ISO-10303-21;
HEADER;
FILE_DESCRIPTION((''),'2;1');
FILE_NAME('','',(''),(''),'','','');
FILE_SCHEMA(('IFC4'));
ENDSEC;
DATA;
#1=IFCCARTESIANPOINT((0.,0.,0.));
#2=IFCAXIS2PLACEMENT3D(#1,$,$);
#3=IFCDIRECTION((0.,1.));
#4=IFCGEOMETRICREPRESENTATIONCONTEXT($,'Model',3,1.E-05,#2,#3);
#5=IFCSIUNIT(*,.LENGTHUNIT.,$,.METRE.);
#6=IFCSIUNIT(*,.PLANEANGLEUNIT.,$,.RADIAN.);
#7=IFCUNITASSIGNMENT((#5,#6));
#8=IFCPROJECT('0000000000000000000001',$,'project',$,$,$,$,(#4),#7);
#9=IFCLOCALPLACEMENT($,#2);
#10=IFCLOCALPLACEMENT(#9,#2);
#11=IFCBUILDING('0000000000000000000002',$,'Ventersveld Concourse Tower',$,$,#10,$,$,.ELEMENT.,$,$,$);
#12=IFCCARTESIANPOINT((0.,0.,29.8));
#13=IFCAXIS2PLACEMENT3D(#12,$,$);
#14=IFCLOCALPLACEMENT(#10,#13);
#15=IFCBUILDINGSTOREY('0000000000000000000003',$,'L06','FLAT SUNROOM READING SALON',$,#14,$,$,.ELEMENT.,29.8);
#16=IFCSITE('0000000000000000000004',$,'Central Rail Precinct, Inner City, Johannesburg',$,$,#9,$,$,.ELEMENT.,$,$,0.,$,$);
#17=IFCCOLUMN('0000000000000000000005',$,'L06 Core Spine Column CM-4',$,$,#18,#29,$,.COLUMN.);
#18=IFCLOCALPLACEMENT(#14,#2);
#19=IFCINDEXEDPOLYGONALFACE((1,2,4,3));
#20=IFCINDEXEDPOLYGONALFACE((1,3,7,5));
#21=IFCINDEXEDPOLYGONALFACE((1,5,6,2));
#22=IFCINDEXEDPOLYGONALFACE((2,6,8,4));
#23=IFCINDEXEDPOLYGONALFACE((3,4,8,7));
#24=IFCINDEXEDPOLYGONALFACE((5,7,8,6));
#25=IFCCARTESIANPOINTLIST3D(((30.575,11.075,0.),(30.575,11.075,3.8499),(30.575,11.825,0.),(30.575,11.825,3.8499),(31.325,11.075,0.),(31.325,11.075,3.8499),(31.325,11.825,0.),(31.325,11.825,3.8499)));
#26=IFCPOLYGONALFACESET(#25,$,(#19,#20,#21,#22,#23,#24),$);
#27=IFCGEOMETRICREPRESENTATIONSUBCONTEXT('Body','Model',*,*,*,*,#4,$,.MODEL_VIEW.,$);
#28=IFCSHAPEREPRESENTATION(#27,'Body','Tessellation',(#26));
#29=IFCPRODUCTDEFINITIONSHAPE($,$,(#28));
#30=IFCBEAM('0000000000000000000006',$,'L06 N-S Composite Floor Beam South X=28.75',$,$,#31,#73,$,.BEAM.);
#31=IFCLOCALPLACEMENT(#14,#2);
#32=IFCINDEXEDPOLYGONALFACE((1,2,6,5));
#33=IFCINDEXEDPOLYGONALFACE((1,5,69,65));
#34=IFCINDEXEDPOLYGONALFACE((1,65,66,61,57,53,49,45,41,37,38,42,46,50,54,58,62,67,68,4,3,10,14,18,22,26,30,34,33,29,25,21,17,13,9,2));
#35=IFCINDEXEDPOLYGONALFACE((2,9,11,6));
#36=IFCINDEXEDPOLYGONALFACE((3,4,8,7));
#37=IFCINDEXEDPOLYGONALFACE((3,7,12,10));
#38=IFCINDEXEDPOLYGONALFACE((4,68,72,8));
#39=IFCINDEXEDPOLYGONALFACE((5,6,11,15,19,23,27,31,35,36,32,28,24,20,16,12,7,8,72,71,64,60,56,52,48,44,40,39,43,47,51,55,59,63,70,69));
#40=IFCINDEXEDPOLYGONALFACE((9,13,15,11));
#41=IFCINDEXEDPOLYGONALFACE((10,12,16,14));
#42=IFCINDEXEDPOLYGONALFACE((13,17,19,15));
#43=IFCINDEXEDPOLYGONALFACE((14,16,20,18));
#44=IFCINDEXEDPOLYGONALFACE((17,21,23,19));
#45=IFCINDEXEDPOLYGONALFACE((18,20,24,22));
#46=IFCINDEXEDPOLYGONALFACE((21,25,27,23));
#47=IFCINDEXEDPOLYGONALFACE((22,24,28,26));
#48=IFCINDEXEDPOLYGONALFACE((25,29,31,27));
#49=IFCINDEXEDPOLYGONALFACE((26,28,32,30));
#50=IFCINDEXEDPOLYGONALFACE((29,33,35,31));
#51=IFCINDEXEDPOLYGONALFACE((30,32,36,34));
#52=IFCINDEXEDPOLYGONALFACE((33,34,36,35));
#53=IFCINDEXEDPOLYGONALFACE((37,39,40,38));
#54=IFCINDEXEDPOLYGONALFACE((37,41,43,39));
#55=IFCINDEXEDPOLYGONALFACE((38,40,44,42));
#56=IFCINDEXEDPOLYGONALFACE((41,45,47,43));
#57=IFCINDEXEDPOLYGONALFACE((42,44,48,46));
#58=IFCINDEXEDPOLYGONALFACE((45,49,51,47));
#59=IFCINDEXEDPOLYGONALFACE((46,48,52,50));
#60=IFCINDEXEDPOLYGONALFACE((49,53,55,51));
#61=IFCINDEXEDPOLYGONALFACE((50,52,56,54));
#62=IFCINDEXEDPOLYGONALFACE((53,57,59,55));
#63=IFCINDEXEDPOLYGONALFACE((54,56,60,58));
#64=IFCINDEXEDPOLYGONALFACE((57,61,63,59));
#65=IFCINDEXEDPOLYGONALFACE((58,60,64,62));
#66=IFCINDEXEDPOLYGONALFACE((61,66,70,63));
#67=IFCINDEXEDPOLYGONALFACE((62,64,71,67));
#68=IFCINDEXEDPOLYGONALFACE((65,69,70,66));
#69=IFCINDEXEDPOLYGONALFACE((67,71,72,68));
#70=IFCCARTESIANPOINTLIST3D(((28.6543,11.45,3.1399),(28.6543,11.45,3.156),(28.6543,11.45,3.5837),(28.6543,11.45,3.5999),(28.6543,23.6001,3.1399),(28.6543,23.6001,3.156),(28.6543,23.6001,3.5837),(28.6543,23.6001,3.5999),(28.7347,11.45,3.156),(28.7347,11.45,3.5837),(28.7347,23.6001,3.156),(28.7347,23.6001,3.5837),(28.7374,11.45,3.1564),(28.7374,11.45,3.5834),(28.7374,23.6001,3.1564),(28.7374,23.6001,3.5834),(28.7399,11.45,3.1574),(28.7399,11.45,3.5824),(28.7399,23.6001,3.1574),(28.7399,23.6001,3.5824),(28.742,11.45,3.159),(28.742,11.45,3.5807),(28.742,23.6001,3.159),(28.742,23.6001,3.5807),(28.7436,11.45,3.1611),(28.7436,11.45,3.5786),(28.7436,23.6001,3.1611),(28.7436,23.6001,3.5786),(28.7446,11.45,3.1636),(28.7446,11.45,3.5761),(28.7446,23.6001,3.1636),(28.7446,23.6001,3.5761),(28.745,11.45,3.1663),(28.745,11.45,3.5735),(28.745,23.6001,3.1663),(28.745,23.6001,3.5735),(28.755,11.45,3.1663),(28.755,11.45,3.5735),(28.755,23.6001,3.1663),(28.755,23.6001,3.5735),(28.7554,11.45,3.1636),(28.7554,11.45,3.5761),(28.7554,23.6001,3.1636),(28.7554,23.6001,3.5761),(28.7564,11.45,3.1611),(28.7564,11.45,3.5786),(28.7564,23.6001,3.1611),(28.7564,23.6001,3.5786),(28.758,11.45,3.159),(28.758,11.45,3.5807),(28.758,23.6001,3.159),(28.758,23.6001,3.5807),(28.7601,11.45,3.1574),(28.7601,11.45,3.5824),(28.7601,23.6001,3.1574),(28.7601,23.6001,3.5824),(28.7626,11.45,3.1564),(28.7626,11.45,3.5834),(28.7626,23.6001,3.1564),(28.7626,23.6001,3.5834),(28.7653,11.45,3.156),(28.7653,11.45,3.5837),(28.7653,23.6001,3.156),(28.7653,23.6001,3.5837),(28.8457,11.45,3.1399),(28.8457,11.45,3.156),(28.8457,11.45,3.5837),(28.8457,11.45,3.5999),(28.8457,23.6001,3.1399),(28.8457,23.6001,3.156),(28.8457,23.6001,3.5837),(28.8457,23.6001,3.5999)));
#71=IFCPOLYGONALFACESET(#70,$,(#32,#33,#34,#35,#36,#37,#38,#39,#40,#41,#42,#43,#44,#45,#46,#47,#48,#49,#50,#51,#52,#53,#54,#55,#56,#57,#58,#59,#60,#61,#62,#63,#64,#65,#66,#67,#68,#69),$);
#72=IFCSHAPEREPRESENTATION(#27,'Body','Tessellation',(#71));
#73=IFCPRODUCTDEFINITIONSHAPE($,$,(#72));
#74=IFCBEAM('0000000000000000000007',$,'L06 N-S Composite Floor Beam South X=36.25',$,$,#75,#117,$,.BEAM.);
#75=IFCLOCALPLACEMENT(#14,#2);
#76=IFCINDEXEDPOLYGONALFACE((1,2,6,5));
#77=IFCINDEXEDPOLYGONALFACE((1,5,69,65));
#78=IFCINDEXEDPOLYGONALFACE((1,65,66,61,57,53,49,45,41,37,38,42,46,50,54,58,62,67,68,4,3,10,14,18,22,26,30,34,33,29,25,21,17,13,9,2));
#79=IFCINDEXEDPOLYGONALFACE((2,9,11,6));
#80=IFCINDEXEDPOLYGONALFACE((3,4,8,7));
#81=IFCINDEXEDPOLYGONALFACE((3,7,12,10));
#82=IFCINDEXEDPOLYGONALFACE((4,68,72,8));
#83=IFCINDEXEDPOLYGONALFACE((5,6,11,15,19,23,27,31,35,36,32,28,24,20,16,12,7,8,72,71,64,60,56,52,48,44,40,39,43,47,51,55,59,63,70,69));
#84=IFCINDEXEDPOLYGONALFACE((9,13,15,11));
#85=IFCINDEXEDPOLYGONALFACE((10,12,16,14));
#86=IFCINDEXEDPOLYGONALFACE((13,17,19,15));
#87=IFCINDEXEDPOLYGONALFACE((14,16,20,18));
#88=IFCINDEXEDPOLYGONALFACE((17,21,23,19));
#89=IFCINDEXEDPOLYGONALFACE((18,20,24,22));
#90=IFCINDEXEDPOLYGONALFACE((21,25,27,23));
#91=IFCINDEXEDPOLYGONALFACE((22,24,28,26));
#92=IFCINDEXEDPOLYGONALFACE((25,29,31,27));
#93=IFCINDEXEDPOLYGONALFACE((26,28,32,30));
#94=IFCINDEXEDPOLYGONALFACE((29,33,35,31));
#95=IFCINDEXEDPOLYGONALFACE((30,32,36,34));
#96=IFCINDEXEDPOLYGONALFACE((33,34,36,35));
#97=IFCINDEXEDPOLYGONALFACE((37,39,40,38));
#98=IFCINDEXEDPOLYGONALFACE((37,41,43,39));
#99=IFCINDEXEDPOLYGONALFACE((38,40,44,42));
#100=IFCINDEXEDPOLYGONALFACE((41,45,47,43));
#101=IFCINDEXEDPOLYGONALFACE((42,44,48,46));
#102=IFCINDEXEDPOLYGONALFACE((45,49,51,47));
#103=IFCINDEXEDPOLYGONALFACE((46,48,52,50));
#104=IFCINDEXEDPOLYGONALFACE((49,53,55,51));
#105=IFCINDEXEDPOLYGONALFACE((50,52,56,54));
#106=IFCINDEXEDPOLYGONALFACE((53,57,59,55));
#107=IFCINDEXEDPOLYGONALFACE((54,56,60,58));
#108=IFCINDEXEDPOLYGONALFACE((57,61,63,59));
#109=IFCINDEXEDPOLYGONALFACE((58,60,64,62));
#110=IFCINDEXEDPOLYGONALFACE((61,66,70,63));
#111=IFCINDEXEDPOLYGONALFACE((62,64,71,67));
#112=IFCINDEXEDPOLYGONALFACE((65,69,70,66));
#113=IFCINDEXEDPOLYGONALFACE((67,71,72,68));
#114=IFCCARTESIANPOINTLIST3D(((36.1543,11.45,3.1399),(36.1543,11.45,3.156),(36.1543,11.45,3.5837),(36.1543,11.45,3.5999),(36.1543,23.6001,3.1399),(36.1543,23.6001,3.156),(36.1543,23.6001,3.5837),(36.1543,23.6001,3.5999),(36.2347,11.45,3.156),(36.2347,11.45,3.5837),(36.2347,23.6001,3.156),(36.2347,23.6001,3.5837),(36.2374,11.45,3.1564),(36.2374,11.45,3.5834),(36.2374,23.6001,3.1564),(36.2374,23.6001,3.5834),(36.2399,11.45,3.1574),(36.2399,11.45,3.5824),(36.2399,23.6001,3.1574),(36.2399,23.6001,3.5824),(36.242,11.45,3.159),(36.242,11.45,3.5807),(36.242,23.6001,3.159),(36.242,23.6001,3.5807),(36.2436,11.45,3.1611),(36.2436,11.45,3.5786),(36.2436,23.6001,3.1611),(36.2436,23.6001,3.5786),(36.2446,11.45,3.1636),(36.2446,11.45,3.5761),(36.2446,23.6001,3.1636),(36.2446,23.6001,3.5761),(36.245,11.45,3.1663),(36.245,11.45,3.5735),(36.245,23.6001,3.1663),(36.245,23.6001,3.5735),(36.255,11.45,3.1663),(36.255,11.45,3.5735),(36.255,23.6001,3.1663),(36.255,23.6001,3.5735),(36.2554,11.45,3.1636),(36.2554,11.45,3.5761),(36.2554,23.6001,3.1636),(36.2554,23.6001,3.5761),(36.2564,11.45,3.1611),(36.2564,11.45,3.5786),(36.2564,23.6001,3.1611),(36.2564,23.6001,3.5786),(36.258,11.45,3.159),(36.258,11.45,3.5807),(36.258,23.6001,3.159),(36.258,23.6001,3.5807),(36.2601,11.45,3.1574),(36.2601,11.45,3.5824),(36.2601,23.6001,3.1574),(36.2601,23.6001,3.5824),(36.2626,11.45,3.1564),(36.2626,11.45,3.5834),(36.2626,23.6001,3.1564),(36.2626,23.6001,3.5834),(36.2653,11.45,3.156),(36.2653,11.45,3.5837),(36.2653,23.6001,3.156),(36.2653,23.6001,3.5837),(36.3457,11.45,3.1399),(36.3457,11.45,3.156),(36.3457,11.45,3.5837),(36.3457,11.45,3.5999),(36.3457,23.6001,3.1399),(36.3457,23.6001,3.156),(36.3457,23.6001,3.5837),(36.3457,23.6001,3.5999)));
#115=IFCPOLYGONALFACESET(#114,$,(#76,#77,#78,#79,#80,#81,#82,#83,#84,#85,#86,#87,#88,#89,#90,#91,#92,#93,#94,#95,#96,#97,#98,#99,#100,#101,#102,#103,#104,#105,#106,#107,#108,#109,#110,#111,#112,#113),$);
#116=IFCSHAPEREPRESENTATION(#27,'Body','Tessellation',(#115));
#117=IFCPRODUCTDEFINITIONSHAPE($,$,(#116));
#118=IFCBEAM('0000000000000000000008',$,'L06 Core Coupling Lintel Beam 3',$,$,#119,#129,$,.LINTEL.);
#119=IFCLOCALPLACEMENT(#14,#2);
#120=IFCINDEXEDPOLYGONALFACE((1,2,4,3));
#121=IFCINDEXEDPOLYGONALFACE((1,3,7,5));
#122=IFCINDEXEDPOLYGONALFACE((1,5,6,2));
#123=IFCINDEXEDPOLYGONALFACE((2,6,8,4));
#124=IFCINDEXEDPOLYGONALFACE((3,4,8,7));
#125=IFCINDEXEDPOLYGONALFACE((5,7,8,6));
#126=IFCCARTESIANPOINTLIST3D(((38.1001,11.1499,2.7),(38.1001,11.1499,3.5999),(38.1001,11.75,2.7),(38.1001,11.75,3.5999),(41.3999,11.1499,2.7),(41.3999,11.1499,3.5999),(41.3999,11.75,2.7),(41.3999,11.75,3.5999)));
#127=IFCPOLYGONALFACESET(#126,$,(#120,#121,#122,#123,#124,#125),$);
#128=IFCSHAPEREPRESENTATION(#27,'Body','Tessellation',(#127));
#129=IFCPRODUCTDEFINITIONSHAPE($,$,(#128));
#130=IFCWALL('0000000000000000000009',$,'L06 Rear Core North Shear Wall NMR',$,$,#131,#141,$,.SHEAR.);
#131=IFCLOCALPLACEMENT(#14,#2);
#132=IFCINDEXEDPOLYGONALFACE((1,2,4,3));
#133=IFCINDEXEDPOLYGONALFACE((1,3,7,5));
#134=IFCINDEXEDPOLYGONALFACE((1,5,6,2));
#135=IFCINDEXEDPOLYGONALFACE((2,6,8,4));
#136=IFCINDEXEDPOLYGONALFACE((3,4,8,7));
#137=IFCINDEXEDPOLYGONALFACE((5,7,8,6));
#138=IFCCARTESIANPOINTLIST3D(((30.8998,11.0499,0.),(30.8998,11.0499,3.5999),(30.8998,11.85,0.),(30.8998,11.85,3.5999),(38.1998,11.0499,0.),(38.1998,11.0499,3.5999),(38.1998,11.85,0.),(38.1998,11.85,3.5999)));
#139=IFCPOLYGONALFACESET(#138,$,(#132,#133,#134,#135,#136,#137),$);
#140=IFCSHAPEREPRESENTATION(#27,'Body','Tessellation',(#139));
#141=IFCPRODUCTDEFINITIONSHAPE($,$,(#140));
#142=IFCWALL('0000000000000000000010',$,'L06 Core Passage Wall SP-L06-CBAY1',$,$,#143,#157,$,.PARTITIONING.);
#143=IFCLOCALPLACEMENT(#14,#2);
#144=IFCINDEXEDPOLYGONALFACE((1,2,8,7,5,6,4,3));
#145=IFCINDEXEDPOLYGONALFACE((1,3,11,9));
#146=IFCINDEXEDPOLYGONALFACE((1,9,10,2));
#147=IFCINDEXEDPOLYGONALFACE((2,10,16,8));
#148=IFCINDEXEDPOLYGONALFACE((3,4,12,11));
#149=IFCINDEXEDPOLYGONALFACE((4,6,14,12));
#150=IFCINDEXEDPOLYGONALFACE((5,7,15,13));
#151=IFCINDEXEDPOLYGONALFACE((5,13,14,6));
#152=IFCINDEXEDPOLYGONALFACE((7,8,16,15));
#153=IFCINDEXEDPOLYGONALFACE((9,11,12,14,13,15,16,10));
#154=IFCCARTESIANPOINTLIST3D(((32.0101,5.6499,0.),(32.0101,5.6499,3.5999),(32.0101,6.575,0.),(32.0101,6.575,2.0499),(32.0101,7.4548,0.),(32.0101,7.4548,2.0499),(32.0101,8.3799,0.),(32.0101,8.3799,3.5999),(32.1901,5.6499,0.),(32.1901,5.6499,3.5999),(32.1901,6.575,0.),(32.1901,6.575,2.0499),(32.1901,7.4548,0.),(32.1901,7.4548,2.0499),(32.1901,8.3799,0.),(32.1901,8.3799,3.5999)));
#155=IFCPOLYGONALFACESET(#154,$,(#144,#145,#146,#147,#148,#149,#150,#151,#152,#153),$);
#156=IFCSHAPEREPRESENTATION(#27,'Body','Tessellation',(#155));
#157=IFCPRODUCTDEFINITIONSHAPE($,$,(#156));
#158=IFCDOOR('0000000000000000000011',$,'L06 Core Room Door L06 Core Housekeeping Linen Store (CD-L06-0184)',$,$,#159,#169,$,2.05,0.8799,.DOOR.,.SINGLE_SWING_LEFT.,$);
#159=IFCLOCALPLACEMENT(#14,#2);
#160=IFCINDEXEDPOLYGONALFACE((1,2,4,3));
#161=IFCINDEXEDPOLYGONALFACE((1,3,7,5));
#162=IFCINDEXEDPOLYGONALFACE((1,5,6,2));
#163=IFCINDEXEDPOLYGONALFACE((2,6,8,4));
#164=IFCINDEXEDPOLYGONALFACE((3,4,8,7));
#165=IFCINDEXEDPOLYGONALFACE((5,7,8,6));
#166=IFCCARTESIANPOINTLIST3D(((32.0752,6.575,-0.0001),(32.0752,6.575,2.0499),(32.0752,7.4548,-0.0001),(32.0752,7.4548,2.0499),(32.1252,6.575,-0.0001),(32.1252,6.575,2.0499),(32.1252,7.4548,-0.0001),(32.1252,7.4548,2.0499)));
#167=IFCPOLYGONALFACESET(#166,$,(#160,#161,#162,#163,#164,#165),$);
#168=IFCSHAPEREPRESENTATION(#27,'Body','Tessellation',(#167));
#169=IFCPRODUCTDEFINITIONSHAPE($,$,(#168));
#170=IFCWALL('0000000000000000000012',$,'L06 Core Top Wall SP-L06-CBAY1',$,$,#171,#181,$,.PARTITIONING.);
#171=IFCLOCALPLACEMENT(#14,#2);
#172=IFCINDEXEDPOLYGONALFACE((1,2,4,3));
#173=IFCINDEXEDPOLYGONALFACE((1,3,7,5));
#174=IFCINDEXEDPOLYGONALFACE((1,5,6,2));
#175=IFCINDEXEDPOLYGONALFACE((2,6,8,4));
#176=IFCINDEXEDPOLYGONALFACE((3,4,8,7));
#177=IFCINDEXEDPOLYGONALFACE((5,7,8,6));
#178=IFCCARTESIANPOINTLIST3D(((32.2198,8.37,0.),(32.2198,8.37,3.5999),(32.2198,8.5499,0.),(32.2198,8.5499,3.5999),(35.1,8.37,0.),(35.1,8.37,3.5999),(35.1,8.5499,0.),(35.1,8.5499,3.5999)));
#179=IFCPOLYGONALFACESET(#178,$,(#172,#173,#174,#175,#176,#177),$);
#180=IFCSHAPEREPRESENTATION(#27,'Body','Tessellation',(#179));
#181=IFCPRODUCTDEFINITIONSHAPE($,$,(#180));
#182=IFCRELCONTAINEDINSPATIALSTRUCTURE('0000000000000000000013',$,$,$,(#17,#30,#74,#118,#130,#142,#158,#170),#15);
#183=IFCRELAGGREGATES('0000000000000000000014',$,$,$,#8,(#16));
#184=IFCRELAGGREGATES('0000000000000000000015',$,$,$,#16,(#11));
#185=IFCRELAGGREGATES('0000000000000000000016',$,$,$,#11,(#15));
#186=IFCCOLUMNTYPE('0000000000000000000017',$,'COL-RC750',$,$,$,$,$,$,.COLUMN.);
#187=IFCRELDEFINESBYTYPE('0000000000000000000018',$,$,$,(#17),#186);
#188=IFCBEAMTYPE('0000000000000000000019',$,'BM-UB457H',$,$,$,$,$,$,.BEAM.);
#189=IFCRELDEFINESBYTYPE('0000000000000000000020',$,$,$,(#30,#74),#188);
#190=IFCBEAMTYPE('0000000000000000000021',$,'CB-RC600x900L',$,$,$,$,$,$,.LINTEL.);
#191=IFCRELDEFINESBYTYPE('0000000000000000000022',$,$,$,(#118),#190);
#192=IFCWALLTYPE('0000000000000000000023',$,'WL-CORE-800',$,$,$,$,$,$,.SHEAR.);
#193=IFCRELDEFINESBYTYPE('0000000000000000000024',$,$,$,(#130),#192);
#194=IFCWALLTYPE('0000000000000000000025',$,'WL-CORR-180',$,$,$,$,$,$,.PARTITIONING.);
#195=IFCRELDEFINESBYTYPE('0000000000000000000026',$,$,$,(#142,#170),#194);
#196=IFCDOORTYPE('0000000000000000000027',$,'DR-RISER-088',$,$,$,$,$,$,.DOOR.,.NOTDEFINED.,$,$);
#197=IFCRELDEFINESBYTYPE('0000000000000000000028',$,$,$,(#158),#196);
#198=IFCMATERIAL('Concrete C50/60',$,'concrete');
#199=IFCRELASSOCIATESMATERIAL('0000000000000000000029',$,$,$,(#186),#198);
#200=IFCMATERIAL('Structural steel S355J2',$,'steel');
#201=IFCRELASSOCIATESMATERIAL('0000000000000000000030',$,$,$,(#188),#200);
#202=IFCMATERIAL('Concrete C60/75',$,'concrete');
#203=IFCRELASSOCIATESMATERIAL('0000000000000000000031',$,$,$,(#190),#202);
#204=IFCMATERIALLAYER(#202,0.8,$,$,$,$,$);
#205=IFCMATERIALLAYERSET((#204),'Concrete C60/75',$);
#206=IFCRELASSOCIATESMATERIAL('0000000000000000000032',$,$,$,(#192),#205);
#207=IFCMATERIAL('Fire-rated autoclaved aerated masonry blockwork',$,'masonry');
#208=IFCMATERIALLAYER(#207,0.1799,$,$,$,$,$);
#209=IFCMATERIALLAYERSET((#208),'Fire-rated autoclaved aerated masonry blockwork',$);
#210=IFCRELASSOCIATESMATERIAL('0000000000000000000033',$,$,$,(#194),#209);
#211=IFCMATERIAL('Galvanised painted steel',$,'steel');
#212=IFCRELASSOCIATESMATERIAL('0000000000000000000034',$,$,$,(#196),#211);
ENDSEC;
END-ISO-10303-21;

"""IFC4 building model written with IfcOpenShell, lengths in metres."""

from ifc_helpers import new_model, si_unit, direction, frame, frame_2d, origin, origin_2d, place, context, subcontext, project, spatial, rectangle, i_section, extrude, material, layer, layer_set, material_profile, profile_set, type_object, element, fill, save


model = new_model("IFC4")

# Units and contexts
model_context = context("Model", 3, precision=1e-05, world=origin(), true_north=direction((0.0, 1.0)))
body_context = subcontext(model_context, "Body", "Model", "MODEL_VIEW")
ifc_project = project(units=[si_unit("LENGTHUNIT", "METRE"), si_unit("PLANEANGLEUNIT", "RADIAN")], contexts=[model_context])

# Site, building, storey
site_placement = place(None, origin())
site = spatial("IfcSite", under=ifc_project, at=site_placement, Name="Central Rail Precinct, Inner City, Johannesburg", CompositionType="ELEMENT", RefElevation=0.0)
building_placement = place(site_placement, origin())
building = spatial("IfcBuilding", under=site, at=building_placement, Name="Ventersveld Concourse Tower", CompositionType="ELEMENT")
storey_placement = place(building_placement, frame((0.0, 0.0, 29.8)))
storey = spatial("IfcBuildingStorey", under=building, at=storey_placement, Name="L06", Description="FLAT SUNROOM READING SALON", CompositionType="ELEMENT", Elevation=29.8)

# Column
ifc_material_1 = material(Name="Concrete C50/60", Category="concrete")
ifc_material_profile_1 = material_profile(ifc_material_1, rectangle(XDim=0.75, YDim=0.75, at=origin_2d()), Name="RC 750x750")
ifc_profile_set_1 = profile_set([ifc_material_profile_1], Name="Concrete C50/60")
column_type = type_object("IfcColumnType", Name="COL-RC750", PredefinedType="COLUMN", material=ifc_profile_set_1)
column_placement = place(storey_placement, frame((30.95, 11.45, 0.0), z_axis=(0.0, 0.0, 1.0), x_axis=(1.0, 0.0, 0.0)))
element("IfcColumn", 1, at=column_placement, inside=storey, type_object=column_type, Name="L06 Core Spine Column CM-4", PredefinedType="COLUMN", context=body_context, shape_type="SweptSolid", body=[
    extrude(rectangle(XDim=0.75, YDim=0.75, at=origin_2d()), origin(), (0.0, 0.0, 1.0), 3.8499),
])

# Beams
ifc_material_2 = material(Name="Structural steel S355J2", Category="steel")
ifc_material_profile_2 = material_profile(ifc_material_2, i_section(OverallWidth=0.1914, OverallDepth=0.46, WebThickness=0.01, FlangeThickness=0.0161, FilletRadius=0.0103, at=origin_2d()), Name="UB 457x191x82")
ifc_profile_set_2 = profile_set([ifc_material_profile_2], Name="Structural steel S355J2")
beam_type_1 = type_object("IfcBeamType", Name="BM-UB457H", PredefinedType="BEAM", material=ifc_profile_set_2)
for number, where, z_axis, x_axis, name in (
    (2, (28.75, 11.45, 3.3699), (0.0, 1.0, 0.0), (-1.0, 0.0, 0.0), "L06 N-S Composite Floor Beam South X=28.75"),
    (3, (36.25, 11.45, 3.3699), (0.0, 1.0, 0.0), (-1.0, 0.0, 0.0), "L06 N-S Composite Floor Beam South X=36.25"),
):
    element("IfcBeam", number, at=place(storey_placement, frame(where, z_axis=z_axis, x_axis=x_axis)), inside=storey, type_object=beam_type_1, Name=name, PredefinedType="BEAM", context=body_context, shape_type="SweptSolid", body=[
        extrude(i_section(OverallWidth=0.1914, OverallDepth=0.46, WebThickness=0.01, FlangeThickness=0.0161, FilletRadius=0.0103, at=origin_2d()), origin(), (0.0, 0.0, 1.0), 12.1501),
    ])
ifc_material_3 = material(Name="Concrete C60/75", Category="concrete")
ifc_material_profile_3 = material_profile(ifc_material_3, rectangle(XDim=0.6001, YDim=0.8999, at=origin_2d()), Name="RC 600x900")
ifc_profile_set_3 = profile_set([ifc_material_profile_3], Name="Concrete C60/75")
beam_type_2 = type_object("IfcBeamType", Name="CB-RC600x900L", PredefinedType="LINTEL", material=ifc_profile_set_3)
beam_placement = place(storey_placement, frame((38.1001, 11.45, 3.1499), z_axis=(1.0, 0.0, 0.0), x_axis=(0.0, 1.0, 0.0)))
element("IfcBeam", 4, at=beam_placement, inside=storey, type_object=beam_type_2, Name="L06 Core Coupling Lintel Beam 3", PredefinedType="LINTEL", context=body_context, shape_type="SweptSolid", body=[
    extrude(rectangle(XDim=0.6001, YDim=0.8999, at=origin_2d()), origin(), (0.0, 0.0, 1.0), 3.2998),
])

# Wall
ifc_layer_1 = layer(ifc_material_3, 0.8)
ifc_layer_set_1 = layer_set([ifc_layer_1], Name="Concrete C60/75")
wall_type_1 = type_object("IfcWallType", Name="WL-CORE-800", PredefinedType="SHEAR", material=ifc_layer_set_1)
wall_1_placement = place(storey_placement, frame((30.8999, 11.45, 0.0), z_axis=(0.0, 0.0, 1.0), x_axis=(1.0, 0.0, 0.0)))
element("IfcWall", 5, at=wall_1_placement, inside=storey, type_object=wall_type_1, Name="L06 Rear Core North Shear Wall NMR", PredefinedType="SHEAR", context=body_context, shape_type="SweptSolid", body=[
    extrude(rectangle(XDim=7.3, YDim=0.8, at=frame_2d((3.6499, 0.0))), origin(), (0.0, 0.0, 1.0), 3.5999),
])

# Wall, opening, door
ifc_material_4 = material(Name="Fire-rated autoclaved aerated masonry blockwork", Category="masonry")
ifc_layer_2 = layer(ifc_material_4, 0.1799)
ifc_layer_set_2 = layer_set([ifc_layer_2], Name="Fire-rated autoclaved aerated masonry blockwork")
wall_type_2 = type_object("IfcWallType", Name="WL-CORR-180", PredefinedType="PARTITIONING", material=ifc_layer_set_2)
wall_2_placement = place(storey_placement, frame((32.1001, 5.6499, 0.0), z_axis=(0.0, 0.0, 1.0), x_axis=(0.0, 1.0, 0.0)))
wall_2 = element("IfcWall", 6, at=wall_2_placement, inside=storey, type_object=wall_type_2, Name="L06 Core Passage Wall SP-L06-CBAY1", PredefinedType="PARTITIONING", context=body_context, shape_type="SweptSolid", body=[
    extrude(rectangle(XDim=2.73, YDim=0.1799, at=frame_2d((1.365, 0.0))), origin(), (0.0, 0.0, 1.0), 3.5999),
])
opening_1_placement = place(wall_2_placement, frame((0.925, 0.0, 0.0)))
opening_1 = element("IfcOpeningElement", 7, at=opening_1_placement, cuts=wall_2, PredefinedType="OPENING", context=body_context, shape_type="SweptSolid", body=[
    extrude(rectangle(XDim=0.8799, YDim=2.05, at=frame_2d((0.4399, 1.0249))), frame((0.0, 0.1001, 0.0), z_axis=(0.0, -1.0, 0.0), x_axis=(1.0, 0.0, 0.0)), (0.0, 0.0, 1.0), 0.2),
])
ifc_material_5 = material(Name="Galvanised painted steel", Category="steel")
door_type_1 = type_object("IfcDoorType", Name="DR-RISER-088", OperationType="NOTDEFINED", PredefinedType="DOOR", material=ifc_material_5)
door_1_placement = place(opening_1_placement, origin())
door_1 = element("IfcDoor", 8, at=door_1_placement, inside=storey, type_object=door_type_1, Name="L06 Core Room Door L06 Core Housekeeping Linen Store (CD-L06-0184)", OperationType="SINGLE_SWING_LEFT", OverallHeight=2.05, OverallWidth=0.8799, PredefinedType="DOOR", context=body_context, shape_type="SweptSolid", body=[
    extrude(rectangle(XDim=0.8799, YDim=2.05, at=frame_2d((0.4399, 1.0249))), frame((0.0, 0.0249, 0.0), z_axis=(0.0, -1.0, 0.0), x_axis=(1.0, 0.0, 0.0)), (0.0, 0.0, 1.0), 0.05),
])
fill(opening_1, door_1)

# Wall
wall_3_placement = place(storey_placement, frame((32.22, 8.46, 0.0), z_axis=(0.0, 0.0, 1.0), x_axis=(1.0, 0.0, 0.0)))
element("IfcWall", 9, at=wall_3_placement, inside=storey, type_object=wall_type_2, Name="L06 Core Top Wall SP-L06-CBAY1", PredefinedType="PARTITIONING", context=body_context, shape_type="SweptSolid", body=[
    extrude(rectangle(XDim=2.8801, YDim=0.1799, at=frame_2d((1.4399, 0.0))), origin(), (0.0, 0.0, 1.0), 3.5999),
])

save(model, "model.ifc")
